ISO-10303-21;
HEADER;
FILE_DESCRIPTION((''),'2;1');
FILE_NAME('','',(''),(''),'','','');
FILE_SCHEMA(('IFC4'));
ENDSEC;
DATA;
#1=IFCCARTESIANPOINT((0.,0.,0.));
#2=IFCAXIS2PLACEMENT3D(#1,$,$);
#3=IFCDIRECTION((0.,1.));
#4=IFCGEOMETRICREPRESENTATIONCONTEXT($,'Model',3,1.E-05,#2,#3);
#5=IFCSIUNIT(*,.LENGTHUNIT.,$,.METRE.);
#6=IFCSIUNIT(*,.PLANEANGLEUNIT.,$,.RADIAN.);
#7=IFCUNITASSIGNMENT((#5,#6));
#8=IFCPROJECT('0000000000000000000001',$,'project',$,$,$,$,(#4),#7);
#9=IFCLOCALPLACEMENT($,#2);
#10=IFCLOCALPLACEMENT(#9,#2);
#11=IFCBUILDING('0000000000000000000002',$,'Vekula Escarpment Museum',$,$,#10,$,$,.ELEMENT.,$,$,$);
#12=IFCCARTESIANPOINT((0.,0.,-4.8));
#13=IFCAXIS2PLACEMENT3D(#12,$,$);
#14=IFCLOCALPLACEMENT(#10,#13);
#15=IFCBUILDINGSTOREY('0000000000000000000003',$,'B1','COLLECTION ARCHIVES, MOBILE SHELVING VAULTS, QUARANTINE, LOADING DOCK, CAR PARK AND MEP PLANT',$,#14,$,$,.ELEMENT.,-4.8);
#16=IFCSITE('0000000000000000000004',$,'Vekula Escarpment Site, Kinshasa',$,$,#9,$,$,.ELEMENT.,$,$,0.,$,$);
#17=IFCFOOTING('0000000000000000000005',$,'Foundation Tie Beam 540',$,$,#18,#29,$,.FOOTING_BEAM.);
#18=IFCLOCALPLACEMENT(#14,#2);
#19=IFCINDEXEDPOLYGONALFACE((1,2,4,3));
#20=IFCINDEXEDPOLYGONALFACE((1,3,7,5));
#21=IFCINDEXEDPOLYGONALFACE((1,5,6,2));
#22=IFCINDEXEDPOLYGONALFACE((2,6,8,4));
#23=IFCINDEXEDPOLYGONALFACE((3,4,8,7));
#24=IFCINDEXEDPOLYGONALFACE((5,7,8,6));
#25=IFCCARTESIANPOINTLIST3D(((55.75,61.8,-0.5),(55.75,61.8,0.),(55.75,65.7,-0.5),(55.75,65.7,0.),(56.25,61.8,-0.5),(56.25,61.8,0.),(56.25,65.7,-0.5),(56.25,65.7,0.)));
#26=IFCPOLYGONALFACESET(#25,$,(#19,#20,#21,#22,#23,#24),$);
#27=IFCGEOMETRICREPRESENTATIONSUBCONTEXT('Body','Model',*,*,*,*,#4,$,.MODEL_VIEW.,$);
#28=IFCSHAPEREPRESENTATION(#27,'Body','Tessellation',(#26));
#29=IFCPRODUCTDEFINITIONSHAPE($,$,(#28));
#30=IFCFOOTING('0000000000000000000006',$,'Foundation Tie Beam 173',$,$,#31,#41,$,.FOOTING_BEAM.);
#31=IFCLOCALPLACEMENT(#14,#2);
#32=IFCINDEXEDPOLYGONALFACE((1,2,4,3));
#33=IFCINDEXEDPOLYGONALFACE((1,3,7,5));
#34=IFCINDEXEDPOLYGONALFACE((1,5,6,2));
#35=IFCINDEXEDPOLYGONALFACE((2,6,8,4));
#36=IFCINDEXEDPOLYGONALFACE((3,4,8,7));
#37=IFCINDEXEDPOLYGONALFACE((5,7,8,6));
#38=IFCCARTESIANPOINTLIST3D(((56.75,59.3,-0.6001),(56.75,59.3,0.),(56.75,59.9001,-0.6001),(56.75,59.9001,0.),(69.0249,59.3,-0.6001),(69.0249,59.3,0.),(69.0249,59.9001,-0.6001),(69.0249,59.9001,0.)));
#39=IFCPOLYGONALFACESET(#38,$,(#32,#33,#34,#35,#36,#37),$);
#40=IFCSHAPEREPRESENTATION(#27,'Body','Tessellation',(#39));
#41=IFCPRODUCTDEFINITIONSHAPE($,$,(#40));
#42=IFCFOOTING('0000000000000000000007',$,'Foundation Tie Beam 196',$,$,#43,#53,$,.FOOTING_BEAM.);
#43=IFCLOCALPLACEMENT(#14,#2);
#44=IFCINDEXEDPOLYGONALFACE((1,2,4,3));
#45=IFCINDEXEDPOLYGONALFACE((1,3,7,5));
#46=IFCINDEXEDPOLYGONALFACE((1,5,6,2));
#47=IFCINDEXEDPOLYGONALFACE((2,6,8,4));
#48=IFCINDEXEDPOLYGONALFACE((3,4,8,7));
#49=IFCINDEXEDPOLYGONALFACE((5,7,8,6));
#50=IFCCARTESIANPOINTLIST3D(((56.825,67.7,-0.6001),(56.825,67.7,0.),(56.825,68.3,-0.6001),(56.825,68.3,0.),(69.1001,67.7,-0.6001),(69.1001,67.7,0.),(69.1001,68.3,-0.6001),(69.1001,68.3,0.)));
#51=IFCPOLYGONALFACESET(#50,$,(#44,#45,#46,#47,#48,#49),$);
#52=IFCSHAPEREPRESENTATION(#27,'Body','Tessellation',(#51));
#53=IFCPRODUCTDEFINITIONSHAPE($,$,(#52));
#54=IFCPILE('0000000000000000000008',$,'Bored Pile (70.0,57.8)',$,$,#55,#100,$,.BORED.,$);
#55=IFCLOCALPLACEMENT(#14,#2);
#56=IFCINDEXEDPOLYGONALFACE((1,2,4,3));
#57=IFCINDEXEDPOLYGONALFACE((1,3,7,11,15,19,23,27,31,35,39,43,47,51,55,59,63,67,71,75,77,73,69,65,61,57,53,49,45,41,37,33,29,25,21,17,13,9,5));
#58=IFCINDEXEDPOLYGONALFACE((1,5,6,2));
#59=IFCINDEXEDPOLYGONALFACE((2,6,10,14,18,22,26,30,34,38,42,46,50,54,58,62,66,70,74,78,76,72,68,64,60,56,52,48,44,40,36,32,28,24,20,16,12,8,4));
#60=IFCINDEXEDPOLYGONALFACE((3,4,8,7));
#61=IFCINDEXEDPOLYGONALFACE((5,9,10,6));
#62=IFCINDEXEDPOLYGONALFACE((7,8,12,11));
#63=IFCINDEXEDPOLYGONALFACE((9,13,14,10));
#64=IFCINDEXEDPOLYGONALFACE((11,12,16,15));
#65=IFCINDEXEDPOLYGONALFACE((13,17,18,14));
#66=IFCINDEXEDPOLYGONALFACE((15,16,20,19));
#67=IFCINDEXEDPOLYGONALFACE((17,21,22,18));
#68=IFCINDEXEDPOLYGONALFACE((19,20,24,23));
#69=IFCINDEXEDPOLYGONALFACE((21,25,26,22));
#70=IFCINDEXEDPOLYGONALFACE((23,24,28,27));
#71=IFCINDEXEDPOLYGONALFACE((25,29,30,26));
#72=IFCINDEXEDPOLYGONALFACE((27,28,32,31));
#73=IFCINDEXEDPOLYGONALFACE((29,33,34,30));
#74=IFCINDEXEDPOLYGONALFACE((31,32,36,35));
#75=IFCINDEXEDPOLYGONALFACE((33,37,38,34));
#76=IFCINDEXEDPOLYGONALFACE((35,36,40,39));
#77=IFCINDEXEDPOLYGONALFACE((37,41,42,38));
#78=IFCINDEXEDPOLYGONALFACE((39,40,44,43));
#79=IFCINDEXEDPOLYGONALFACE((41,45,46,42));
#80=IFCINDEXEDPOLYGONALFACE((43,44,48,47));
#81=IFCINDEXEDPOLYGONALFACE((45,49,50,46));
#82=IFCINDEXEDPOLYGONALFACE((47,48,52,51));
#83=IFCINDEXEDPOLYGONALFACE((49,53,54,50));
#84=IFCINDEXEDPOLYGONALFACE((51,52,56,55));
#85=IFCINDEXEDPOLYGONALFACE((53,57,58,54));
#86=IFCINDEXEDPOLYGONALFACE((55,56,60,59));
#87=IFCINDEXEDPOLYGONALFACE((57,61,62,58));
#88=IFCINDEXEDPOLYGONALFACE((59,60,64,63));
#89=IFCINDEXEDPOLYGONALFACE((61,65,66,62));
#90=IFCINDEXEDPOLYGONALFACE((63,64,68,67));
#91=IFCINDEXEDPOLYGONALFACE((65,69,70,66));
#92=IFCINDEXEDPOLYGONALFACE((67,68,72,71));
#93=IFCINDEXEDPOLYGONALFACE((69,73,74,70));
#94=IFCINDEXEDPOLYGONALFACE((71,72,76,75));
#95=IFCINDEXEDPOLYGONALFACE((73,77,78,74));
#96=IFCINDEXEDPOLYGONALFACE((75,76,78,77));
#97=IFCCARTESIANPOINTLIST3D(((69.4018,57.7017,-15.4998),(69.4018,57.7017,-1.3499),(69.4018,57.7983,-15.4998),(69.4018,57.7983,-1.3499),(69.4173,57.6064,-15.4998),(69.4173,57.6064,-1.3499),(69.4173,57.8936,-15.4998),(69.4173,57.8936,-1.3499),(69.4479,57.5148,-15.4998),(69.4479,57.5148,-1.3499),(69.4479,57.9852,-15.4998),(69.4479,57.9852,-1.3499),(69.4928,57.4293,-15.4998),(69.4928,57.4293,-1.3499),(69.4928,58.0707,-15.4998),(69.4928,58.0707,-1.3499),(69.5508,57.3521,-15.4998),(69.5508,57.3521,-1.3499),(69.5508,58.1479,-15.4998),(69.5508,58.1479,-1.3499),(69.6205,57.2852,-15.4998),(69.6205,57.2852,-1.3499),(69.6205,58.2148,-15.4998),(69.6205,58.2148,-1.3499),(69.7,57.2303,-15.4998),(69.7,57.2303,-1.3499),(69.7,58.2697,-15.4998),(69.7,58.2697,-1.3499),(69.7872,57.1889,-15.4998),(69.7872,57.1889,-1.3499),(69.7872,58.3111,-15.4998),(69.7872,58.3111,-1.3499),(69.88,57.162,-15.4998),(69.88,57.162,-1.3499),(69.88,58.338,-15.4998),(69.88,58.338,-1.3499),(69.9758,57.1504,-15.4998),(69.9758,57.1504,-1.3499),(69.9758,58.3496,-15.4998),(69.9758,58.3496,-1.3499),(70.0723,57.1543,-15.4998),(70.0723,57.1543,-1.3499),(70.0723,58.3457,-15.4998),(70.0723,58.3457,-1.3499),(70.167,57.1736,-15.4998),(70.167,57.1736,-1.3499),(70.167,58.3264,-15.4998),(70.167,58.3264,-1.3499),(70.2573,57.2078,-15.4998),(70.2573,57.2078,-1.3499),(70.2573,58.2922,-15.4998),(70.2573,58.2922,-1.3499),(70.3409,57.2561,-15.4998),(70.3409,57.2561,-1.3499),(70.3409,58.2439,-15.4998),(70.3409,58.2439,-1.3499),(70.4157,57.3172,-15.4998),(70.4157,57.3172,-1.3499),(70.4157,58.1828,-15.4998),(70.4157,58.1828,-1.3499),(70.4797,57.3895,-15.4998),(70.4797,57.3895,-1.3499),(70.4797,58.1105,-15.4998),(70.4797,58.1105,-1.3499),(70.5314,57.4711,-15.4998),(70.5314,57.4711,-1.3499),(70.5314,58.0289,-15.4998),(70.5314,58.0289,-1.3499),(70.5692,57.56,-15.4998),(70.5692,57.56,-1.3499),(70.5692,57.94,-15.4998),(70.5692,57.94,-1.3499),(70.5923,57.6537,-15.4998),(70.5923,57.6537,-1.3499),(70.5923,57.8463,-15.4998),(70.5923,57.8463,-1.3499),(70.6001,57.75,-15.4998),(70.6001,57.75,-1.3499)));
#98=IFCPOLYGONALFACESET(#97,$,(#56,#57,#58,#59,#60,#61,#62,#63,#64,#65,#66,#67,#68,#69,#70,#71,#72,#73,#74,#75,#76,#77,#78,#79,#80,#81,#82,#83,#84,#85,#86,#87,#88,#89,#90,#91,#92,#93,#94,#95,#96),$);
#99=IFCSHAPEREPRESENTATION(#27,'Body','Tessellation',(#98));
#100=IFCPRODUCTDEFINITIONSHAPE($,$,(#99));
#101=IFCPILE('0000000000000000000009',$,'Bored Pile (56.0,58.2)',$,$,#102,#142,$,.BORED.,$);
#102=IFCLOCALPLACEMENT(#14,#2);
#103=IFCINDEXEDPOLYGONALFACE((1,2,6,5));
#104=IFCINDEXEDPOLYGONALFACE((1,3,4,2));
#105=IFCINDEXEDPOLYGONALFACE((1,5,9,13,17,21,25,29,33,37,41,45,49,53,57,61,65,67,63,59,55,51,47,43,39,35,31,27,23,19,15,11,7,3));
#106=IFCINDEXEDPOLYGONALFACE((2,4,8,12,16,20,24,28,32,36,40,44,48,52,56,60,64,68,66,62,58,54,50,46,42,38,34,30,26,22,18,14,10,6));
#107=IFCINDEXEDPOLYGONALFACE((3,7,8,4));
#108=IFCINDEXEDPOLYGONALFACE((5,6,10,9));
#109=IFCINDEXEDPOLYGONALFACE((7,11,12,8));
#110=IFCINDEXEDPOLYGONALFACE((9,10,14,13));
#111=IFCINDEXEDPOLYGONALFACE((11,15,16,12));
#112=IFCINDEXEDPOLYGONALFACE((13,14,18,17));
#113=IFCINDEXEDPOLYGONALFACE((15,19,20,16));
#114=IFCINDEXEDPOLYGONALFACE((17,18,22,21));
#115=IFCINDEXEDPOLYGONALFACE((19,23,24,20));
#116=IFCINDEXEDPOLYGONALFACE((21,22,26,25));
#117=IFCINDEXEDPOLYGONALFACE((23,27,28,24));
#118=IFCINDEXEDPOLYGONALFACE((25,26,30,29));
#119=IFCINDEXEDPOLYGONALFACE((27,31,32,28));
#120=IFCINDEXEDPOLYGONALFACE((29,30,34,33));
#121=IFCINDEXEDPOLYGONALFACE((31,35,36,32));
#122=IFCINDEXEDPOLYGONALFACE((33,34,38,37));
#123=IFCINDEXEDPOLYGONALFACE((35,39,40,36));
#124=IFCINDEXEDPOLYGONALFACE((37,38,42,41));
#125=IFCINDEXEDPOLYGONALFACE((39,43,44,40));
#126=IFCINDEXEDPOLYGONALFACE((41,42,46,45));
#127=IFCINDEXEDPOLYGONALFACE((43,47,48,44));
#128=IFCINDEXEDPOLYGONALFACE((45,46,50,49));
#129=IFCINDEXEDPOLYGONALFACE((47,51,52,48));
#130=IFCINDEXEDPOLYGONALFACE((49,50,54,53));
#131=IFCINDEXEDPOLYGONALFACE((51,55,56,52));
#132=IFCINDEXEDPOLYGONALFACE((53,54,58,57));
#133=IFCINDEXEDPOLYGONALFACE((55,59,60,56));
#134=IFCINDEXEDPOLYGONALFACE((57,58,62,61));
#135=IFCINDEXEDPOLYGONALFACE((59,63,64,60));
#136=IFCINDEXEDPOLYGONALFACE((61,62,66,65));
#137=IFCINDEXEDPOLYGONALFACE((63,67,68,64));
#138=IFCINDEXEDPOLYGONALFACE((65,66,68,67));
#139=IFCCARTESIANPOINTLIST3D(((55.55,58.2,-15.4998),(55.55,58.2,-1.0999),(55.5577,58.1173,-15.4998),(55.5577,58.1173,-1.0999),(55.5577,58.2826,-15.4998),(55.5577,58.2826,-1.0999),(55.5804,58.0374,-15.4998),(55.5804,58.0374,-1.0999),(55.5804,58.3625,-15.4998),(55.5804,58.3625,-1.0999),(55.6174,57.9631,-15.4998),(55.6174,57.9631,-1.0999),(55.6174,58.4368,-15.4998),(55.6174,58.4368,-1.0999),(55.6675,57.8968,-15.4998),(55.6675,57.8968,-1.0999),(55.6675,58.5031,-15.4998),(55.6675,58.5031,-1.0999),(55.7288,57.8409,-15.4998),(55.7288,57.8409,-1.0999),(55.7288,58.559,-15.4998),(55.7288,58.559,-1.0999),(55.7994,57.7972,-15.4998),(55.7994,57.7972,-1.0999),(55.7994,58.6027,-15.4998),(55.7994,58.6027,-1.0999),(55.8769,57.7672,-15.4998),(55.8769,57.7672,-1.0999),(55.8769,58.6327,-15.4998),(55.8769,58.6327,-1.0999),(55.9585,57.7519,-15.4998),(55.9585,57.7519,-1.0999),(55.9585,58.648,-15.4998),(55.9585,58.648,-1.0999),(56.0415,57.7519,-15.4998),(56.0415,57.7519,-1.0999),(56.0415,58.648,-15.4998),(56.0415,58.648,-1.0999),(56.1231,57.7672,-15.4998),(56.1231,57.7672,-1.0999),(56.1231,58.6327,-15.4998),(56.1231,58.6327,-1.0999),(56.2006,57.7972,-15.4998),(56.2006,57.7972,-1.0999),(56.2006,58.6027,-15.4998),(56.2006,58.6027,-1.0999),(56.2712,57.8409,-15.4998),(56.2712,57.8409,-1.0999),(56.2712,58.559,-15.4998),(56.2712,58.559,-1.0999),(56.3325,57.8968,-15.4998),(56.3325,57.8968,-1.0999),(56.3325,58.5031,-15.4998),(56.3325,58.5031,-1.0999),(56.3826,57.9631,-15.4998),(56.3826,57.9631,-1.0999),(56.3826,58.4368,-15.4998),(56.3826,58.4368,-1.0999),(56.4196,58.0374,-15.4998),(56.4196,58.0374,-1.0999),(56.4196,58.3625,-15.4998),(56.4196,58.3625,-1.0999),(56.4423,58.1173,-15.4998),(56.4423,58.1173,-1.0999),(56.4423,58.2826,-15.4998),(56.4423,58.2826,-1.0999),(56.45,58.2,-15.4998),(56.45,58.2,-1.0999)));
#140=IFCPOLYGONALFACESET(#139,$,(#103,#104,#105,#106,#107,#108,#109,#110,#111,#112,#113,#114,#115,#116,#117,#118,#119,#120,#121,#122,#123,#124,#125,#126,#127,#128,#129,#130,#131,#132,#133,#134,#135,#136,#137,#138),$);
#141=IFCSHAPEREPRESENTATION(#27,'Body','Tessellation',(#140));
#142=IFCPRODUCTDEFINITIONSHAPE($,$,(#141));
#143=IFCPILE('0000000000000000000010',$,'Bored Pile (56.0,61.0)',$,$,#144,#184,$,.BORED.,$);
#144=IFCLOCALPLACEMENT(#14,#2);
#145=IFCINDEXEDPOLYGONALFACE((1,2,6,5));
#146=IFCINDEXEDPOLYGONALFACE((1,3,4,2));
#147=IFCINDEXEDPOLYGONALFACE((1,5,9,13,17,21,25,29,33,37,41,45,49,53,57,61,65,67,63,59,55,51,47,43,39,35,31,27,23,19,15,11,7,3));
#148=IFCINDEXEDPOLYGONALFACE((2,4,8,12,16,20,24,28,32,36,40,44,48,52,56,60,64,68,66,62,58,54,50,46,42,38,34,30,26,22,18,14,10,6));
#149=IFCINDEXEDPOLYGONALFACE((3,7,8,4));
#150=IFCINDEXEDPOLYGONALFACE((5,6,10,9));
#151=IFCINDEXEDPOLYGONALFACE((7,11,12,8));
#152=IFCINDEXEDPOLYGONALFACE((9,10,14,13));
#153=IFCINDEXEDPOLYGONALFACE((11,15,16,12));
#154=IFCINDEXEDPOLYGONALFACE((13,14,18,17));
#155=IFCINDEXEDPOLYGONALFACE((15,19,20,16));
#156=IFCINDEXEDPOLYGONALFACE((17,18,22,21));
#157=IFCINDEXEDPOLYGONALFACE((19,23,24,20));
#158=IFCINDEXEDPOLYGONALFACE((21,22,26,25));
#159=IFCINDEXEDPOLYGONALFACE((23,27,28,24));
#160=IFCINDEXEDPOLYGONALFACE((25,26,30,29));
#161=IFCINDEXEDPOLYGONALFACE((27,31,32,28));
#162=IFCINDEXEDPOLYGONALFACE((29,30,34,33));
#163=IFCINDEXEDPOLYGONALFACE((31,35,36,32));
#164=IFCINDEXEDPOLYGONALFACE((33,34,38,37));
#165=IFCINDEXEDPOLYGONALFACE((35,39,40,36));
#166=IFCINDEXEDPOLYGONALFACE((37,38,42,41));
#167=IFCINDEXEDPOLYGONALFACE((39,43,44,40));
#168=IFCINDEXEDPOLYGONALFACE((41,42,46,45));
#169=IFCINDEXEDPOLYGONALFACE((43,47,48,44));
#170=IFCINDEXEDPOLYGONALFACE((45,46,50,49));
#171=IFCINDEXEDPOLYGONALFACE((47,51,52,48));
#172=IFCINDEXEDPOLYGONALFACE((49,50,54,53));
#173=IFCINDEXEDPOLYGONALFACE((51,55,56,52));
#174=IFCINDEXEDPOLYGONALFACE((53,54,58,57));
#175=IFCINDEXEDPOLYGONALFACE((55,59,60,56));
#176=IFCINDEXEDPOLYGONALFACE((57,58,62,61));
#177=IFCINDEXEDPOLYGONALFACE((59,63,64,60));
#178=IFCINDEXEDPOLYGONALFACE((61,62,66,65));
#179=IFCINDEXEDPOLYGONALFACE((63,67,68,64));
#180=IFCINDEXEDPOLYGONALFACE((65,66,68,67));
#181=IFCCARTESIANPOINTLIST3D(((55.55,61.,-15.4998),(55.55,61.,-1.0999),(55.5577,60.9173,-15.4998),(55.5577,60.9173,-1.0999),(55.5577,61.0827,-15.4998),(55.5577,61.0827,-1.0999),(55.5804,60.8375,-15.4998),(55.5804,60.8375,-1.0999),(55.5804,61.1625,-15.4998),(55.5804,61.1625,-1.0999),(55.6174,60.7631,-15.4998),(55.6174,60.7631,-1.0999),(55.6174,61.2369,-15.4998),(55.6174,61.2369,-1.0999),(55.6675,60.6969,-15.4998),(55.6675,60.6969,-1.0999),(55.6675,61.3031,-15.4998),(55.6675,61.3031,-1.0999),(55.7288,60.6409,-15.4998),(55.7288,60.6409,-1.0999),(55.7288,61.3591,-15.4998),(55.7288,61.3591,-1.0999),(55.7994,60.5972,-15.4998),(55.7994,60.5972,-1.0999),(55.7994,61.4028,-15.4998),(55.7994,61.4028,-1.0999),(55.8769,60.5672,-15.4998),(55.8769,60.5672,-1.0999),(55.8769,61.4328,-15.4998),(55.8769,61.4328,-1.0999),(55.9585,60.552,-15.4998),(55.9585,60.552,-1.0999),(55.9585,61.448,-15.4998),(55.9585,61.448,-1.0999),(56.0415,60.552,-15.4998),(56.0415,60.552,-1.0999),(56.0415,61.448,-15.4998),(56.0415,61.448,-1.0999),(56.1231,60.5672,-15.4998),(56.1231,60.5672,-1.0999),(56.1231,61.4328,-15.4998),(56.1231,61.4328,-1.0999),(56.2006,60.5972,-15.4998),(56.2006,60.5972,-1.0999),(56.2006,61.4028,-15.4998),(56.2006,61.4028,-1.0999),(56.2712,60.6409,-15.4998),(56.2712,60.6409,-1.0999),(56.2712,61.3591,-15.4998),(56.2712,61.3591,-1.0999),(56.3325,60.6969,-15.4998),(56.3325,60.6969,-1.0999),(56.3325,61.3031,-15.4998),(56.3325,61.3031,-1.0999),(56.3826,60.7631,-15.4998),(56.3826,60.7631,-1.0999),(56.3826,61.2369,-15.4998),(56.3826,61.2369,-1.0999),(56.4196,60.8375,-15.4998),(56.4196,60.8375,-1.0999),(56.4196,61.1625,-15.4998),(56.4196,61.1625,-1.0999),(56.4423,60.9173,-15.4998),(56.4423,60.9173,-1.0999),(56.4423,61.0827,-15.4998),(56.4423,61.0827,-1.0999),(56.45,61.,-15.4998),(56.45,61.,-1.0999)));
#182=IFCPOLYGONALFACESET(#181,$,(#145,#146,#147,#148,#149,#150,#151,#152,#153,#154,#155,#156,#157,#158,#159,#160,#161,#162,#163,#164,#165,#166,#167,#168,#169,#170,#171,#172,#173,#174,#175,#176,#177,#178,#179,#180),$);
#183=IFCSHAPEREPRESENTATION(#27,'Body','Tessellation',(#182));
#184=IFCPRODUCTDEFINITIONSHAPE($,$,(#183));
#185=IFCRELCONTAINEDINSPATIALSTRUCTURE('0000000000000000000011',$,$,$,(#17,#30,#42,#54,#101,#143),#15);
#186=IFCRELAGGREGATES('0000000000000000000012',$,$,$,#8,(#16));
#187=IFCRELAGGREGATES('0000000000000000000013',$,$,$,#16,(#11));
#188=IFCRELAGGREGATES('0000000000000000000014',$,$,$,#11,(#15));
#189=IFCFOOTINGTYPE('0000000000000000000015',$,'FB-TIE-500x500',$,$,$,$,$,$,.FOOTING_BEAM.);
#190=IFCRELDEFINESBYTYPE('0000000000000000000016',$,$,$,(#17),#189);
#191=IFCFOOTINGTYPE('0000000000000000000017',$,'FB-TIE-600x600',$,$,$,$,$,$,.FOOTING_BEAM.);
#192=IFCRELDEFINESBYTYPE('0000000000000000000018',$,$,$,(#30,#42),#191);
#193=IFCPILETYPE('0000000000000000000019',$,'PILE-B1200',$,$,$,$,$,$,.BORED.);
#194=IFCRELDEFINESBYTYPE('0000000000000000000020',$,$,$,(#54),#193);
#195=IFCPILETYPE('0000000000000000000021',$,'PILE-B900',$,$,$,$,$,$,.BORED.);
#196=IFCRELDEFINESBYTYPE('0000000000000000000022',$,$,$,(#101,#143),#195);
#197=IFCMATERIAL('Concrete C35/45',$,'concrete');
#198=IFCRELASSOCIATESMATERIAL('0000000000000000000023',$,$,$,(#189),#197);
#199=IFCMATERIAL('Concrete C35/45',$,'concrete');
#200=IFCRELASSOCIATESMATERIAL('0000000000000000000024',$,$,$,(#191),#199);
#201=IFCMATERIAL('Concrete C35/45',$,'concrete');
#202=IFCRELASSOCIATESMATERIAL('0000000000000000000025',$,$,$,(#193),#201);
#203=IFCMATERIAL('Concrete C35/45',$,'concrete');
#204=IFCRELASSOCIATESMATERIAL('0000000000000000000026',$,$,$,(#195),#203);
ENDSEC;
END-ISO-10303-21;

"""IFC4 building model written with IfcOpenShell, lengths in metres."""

from ifc_helpers import new_model, si_unit, direction, frame, origin, origin_2d, place, context, subcontext, project, spatial, rectangle, circle, extrude, material, material_profile, profile_set, type_object, element, save


model = new_model("IFC4")

# Units and contexts
model_context = context("Model", 3, precision=1e-05, world=origin(), true_north=direction((0.0, 1.0)))
body_context = subcontext(model_context, "Body", "Model", "MODEL_VIEW")
ifc_project = project(units=[si_unit("LENGTHUNIT", "METRE"), si_unit("PLANEANGLEUNIT", "RADIAN")], contexts=[model_context])

# Site, building, storey
site_placement = place(None, origin())
site = spatial("IfcSite", under=ifc_project, at=site_placement, Name="Vekula Escarpment Site, Kinshasa", CompositionType="ELEMENT", RefElevation=0.0)
building_placement = place(site_placement, origin())
building = spatial("IfcBuilding", under=site, at=building_placement, Name="Vekula Escarpment Museum", CompositionType="ELEMENT")
storey_placement = place(building_placement, frame((0.0, 0.0, -4.8)))
storey = spatial("IfcBuildingStorey", under=building, at=storey_placement, Name="B1", Description="COLLECTION ARCHIVES, MOBILE SHELVING VAULTS, QUARANTINE, LOADING DOCK, CAR PARK AND MEP PLANT", CompositionType="ELEMENT", Elevation=-4.8)

# Footings
ifc_material_1 = material(Name="Concrete C35/45", Category="concrete")
ifc_material_profile_1 = material_profile(ifc_material_1, rectangle(XDim=0.5, YDim=0.5, at=origin_2d()), Name="RC 500x500")
ifc_profile_set_1 = profile_set([ifc_material_profile_1], Name="Concrete C35/45")
footing_type_1 = type_object("IfcFootingType", Name="FB-TIE-500x500", PredefinedType="FOOTING_BEAM", material=ifc_profile_set_1)
footing_1_placement = place(storey_placement, frame((56.0, 61.8, -0.25), z_axis=(0.0, 1.0, 0.0), x_axis=(-1.0, 0.0, 0.0)))
element("IfcFooting", 1, at=footing_1_placement, inside=storey, type_object=footing_type_1, Name="Foundation Tie Beam 540", PredefinedType="FOOTING_BEAM", context=body_context, shape_type="SweptSolid", body=[
    extrude(rectangle(XDim=0.5, YDim=0.5, at=origin_2d()), origin(), (0.0, 0.0, 1.0), 3.8999),
])
ifc_material_2 = material(Name="Concrete C35/45", Category="concrete")
ifc_material_profile_2 = material_profile(ifc_material_2, rectangle(XDim=0.6001, YDim=0.6001, at=origin_2d()), Name="RC 600x600")
ifc_profile_set_2 = profile_set([ifc_material_profile_2], Name="Concrete C35/45")
footing_type_2 = type_object("IfcFootingType", Name="FB-TIE-600x600", PredefinedType="FOOTING_BEAM", material=ifc_profile_set_2)
footing_2_placement = place(storey_placement, frame((56.75, 59.6001, -0.3), z_axis=(1.0, 0.0, 0.0), x_axis=(0.0, 1.0, 0.0)))
element("IfcFooting", 2, at=footing_2_placement, inside=storey, type_object=footing_type_2, Name="Foundation Tie Beam 173", PredefinedType="FOOTING_BEAM", context=body_context, shape_type="SweptSolid", body=[
    extrude(rectangle(XDim=0.6001, YDim=0.6001, at=origin_2d()), origin(), (0.0, 0.0, 1.0), 12.2749),
])
footing_3_placement = place(storey_placement, frame((56.825, 68.0, -0.3), z_axis=(1.0, 0.0, 0.0), x_axis=(0.0, 1.0, 0.0)))
element("IfcFooting", 3, at=footing_3_placement, inside=storey, type_object=footing_type_2, Name="Foundation Tie Beam 196", PredefinedType="FOOTING_BEAM", context=body_context, shape_type="SweptSolid", body=[
    extrude(rectangle(XDim=0.6001, YDim=0.6001, at=origin_2d()), origin(), (0.0, 0.0, 1.0), 12.2751),
])

# Piles
ifc_material_3 = material(Name="Concrete C35/45", Category="concrete")
ifc_material_profile_3 = material_profile(ifc_material_3, circle(Radius=0.6001, at=origin_2d()), Name="BORED PILE 1200")
ifc_profile_set_3 = profile_set([ifc_material_profile_3], Name="Concrete C35/45")
pile_type_1 = type_object("IfcPileType", Name="PILE-B1200", PredefinedType="BORED", material=ifc_profile_set_3)
pile_placement = place(storey_placement, frame((70.0, 57.75, -1.3499), z_axis=(0.0, 0.0, -1.0), x_axis=(1.0, 0.0, 0.0)))
element("IfcPile", 4, at=pile_placement, inside=storey, type_object=pile_type_1, Name="Bored Pile (70.0,57.8)", PredefinedType="BORED", context=body_context, shape_type="SweptSolid", body=[
    extrude(circle(Radius=0.6001, at=origin_2d()), origin(), (0.0, 0.0, 1.0), 14.1499),
])
ifc_material_4 = material(Name="Concrete C35/45", Category="concrete")
ifc_material_profile_4 = material_profile(ifc_material_4, circle(Radius=0.45, at=origin_2d()), Name="BORED PILE 900")
ifc_profile_set_4 = profile_set([ifc_material_profile_4], Name="Concrete C35/45")
pile_type_2 = type_object("IfcPileType", Name="PILE-B900", PredefinedType="BORED", material=ifc_profile_set_4)
for number, where, z_axis, x_axis, name in (
    (5, (56.0, 58.2, -1.0999), (0.0, 0.0, -1.0), (1.0, 0.0, 0.0), "Bored Pile (56.0,58.2)"),
    (6, (56.0, 61.0, -1.0999), (0.0, 0.0, -1.0), (1.0, 0.0, 0.0), "Bored Pile (56.0,61.0)"),
):
    element("IfcPile", number, at=place(storey_placement, frame(where, z_axis=z_axis, x_axis=x_axis)), inside=storey, type_object=pile_type_2, Name=name, PredefinedType="BORED", context=body_context, shape_type="SweptSolid", body=[
        extrude(circle(Radius=0.45, at=origin_2d()), origin(), (0.0, 0.0, 1.0), 14.3999),
    ])

save(model, "model.ifc")
